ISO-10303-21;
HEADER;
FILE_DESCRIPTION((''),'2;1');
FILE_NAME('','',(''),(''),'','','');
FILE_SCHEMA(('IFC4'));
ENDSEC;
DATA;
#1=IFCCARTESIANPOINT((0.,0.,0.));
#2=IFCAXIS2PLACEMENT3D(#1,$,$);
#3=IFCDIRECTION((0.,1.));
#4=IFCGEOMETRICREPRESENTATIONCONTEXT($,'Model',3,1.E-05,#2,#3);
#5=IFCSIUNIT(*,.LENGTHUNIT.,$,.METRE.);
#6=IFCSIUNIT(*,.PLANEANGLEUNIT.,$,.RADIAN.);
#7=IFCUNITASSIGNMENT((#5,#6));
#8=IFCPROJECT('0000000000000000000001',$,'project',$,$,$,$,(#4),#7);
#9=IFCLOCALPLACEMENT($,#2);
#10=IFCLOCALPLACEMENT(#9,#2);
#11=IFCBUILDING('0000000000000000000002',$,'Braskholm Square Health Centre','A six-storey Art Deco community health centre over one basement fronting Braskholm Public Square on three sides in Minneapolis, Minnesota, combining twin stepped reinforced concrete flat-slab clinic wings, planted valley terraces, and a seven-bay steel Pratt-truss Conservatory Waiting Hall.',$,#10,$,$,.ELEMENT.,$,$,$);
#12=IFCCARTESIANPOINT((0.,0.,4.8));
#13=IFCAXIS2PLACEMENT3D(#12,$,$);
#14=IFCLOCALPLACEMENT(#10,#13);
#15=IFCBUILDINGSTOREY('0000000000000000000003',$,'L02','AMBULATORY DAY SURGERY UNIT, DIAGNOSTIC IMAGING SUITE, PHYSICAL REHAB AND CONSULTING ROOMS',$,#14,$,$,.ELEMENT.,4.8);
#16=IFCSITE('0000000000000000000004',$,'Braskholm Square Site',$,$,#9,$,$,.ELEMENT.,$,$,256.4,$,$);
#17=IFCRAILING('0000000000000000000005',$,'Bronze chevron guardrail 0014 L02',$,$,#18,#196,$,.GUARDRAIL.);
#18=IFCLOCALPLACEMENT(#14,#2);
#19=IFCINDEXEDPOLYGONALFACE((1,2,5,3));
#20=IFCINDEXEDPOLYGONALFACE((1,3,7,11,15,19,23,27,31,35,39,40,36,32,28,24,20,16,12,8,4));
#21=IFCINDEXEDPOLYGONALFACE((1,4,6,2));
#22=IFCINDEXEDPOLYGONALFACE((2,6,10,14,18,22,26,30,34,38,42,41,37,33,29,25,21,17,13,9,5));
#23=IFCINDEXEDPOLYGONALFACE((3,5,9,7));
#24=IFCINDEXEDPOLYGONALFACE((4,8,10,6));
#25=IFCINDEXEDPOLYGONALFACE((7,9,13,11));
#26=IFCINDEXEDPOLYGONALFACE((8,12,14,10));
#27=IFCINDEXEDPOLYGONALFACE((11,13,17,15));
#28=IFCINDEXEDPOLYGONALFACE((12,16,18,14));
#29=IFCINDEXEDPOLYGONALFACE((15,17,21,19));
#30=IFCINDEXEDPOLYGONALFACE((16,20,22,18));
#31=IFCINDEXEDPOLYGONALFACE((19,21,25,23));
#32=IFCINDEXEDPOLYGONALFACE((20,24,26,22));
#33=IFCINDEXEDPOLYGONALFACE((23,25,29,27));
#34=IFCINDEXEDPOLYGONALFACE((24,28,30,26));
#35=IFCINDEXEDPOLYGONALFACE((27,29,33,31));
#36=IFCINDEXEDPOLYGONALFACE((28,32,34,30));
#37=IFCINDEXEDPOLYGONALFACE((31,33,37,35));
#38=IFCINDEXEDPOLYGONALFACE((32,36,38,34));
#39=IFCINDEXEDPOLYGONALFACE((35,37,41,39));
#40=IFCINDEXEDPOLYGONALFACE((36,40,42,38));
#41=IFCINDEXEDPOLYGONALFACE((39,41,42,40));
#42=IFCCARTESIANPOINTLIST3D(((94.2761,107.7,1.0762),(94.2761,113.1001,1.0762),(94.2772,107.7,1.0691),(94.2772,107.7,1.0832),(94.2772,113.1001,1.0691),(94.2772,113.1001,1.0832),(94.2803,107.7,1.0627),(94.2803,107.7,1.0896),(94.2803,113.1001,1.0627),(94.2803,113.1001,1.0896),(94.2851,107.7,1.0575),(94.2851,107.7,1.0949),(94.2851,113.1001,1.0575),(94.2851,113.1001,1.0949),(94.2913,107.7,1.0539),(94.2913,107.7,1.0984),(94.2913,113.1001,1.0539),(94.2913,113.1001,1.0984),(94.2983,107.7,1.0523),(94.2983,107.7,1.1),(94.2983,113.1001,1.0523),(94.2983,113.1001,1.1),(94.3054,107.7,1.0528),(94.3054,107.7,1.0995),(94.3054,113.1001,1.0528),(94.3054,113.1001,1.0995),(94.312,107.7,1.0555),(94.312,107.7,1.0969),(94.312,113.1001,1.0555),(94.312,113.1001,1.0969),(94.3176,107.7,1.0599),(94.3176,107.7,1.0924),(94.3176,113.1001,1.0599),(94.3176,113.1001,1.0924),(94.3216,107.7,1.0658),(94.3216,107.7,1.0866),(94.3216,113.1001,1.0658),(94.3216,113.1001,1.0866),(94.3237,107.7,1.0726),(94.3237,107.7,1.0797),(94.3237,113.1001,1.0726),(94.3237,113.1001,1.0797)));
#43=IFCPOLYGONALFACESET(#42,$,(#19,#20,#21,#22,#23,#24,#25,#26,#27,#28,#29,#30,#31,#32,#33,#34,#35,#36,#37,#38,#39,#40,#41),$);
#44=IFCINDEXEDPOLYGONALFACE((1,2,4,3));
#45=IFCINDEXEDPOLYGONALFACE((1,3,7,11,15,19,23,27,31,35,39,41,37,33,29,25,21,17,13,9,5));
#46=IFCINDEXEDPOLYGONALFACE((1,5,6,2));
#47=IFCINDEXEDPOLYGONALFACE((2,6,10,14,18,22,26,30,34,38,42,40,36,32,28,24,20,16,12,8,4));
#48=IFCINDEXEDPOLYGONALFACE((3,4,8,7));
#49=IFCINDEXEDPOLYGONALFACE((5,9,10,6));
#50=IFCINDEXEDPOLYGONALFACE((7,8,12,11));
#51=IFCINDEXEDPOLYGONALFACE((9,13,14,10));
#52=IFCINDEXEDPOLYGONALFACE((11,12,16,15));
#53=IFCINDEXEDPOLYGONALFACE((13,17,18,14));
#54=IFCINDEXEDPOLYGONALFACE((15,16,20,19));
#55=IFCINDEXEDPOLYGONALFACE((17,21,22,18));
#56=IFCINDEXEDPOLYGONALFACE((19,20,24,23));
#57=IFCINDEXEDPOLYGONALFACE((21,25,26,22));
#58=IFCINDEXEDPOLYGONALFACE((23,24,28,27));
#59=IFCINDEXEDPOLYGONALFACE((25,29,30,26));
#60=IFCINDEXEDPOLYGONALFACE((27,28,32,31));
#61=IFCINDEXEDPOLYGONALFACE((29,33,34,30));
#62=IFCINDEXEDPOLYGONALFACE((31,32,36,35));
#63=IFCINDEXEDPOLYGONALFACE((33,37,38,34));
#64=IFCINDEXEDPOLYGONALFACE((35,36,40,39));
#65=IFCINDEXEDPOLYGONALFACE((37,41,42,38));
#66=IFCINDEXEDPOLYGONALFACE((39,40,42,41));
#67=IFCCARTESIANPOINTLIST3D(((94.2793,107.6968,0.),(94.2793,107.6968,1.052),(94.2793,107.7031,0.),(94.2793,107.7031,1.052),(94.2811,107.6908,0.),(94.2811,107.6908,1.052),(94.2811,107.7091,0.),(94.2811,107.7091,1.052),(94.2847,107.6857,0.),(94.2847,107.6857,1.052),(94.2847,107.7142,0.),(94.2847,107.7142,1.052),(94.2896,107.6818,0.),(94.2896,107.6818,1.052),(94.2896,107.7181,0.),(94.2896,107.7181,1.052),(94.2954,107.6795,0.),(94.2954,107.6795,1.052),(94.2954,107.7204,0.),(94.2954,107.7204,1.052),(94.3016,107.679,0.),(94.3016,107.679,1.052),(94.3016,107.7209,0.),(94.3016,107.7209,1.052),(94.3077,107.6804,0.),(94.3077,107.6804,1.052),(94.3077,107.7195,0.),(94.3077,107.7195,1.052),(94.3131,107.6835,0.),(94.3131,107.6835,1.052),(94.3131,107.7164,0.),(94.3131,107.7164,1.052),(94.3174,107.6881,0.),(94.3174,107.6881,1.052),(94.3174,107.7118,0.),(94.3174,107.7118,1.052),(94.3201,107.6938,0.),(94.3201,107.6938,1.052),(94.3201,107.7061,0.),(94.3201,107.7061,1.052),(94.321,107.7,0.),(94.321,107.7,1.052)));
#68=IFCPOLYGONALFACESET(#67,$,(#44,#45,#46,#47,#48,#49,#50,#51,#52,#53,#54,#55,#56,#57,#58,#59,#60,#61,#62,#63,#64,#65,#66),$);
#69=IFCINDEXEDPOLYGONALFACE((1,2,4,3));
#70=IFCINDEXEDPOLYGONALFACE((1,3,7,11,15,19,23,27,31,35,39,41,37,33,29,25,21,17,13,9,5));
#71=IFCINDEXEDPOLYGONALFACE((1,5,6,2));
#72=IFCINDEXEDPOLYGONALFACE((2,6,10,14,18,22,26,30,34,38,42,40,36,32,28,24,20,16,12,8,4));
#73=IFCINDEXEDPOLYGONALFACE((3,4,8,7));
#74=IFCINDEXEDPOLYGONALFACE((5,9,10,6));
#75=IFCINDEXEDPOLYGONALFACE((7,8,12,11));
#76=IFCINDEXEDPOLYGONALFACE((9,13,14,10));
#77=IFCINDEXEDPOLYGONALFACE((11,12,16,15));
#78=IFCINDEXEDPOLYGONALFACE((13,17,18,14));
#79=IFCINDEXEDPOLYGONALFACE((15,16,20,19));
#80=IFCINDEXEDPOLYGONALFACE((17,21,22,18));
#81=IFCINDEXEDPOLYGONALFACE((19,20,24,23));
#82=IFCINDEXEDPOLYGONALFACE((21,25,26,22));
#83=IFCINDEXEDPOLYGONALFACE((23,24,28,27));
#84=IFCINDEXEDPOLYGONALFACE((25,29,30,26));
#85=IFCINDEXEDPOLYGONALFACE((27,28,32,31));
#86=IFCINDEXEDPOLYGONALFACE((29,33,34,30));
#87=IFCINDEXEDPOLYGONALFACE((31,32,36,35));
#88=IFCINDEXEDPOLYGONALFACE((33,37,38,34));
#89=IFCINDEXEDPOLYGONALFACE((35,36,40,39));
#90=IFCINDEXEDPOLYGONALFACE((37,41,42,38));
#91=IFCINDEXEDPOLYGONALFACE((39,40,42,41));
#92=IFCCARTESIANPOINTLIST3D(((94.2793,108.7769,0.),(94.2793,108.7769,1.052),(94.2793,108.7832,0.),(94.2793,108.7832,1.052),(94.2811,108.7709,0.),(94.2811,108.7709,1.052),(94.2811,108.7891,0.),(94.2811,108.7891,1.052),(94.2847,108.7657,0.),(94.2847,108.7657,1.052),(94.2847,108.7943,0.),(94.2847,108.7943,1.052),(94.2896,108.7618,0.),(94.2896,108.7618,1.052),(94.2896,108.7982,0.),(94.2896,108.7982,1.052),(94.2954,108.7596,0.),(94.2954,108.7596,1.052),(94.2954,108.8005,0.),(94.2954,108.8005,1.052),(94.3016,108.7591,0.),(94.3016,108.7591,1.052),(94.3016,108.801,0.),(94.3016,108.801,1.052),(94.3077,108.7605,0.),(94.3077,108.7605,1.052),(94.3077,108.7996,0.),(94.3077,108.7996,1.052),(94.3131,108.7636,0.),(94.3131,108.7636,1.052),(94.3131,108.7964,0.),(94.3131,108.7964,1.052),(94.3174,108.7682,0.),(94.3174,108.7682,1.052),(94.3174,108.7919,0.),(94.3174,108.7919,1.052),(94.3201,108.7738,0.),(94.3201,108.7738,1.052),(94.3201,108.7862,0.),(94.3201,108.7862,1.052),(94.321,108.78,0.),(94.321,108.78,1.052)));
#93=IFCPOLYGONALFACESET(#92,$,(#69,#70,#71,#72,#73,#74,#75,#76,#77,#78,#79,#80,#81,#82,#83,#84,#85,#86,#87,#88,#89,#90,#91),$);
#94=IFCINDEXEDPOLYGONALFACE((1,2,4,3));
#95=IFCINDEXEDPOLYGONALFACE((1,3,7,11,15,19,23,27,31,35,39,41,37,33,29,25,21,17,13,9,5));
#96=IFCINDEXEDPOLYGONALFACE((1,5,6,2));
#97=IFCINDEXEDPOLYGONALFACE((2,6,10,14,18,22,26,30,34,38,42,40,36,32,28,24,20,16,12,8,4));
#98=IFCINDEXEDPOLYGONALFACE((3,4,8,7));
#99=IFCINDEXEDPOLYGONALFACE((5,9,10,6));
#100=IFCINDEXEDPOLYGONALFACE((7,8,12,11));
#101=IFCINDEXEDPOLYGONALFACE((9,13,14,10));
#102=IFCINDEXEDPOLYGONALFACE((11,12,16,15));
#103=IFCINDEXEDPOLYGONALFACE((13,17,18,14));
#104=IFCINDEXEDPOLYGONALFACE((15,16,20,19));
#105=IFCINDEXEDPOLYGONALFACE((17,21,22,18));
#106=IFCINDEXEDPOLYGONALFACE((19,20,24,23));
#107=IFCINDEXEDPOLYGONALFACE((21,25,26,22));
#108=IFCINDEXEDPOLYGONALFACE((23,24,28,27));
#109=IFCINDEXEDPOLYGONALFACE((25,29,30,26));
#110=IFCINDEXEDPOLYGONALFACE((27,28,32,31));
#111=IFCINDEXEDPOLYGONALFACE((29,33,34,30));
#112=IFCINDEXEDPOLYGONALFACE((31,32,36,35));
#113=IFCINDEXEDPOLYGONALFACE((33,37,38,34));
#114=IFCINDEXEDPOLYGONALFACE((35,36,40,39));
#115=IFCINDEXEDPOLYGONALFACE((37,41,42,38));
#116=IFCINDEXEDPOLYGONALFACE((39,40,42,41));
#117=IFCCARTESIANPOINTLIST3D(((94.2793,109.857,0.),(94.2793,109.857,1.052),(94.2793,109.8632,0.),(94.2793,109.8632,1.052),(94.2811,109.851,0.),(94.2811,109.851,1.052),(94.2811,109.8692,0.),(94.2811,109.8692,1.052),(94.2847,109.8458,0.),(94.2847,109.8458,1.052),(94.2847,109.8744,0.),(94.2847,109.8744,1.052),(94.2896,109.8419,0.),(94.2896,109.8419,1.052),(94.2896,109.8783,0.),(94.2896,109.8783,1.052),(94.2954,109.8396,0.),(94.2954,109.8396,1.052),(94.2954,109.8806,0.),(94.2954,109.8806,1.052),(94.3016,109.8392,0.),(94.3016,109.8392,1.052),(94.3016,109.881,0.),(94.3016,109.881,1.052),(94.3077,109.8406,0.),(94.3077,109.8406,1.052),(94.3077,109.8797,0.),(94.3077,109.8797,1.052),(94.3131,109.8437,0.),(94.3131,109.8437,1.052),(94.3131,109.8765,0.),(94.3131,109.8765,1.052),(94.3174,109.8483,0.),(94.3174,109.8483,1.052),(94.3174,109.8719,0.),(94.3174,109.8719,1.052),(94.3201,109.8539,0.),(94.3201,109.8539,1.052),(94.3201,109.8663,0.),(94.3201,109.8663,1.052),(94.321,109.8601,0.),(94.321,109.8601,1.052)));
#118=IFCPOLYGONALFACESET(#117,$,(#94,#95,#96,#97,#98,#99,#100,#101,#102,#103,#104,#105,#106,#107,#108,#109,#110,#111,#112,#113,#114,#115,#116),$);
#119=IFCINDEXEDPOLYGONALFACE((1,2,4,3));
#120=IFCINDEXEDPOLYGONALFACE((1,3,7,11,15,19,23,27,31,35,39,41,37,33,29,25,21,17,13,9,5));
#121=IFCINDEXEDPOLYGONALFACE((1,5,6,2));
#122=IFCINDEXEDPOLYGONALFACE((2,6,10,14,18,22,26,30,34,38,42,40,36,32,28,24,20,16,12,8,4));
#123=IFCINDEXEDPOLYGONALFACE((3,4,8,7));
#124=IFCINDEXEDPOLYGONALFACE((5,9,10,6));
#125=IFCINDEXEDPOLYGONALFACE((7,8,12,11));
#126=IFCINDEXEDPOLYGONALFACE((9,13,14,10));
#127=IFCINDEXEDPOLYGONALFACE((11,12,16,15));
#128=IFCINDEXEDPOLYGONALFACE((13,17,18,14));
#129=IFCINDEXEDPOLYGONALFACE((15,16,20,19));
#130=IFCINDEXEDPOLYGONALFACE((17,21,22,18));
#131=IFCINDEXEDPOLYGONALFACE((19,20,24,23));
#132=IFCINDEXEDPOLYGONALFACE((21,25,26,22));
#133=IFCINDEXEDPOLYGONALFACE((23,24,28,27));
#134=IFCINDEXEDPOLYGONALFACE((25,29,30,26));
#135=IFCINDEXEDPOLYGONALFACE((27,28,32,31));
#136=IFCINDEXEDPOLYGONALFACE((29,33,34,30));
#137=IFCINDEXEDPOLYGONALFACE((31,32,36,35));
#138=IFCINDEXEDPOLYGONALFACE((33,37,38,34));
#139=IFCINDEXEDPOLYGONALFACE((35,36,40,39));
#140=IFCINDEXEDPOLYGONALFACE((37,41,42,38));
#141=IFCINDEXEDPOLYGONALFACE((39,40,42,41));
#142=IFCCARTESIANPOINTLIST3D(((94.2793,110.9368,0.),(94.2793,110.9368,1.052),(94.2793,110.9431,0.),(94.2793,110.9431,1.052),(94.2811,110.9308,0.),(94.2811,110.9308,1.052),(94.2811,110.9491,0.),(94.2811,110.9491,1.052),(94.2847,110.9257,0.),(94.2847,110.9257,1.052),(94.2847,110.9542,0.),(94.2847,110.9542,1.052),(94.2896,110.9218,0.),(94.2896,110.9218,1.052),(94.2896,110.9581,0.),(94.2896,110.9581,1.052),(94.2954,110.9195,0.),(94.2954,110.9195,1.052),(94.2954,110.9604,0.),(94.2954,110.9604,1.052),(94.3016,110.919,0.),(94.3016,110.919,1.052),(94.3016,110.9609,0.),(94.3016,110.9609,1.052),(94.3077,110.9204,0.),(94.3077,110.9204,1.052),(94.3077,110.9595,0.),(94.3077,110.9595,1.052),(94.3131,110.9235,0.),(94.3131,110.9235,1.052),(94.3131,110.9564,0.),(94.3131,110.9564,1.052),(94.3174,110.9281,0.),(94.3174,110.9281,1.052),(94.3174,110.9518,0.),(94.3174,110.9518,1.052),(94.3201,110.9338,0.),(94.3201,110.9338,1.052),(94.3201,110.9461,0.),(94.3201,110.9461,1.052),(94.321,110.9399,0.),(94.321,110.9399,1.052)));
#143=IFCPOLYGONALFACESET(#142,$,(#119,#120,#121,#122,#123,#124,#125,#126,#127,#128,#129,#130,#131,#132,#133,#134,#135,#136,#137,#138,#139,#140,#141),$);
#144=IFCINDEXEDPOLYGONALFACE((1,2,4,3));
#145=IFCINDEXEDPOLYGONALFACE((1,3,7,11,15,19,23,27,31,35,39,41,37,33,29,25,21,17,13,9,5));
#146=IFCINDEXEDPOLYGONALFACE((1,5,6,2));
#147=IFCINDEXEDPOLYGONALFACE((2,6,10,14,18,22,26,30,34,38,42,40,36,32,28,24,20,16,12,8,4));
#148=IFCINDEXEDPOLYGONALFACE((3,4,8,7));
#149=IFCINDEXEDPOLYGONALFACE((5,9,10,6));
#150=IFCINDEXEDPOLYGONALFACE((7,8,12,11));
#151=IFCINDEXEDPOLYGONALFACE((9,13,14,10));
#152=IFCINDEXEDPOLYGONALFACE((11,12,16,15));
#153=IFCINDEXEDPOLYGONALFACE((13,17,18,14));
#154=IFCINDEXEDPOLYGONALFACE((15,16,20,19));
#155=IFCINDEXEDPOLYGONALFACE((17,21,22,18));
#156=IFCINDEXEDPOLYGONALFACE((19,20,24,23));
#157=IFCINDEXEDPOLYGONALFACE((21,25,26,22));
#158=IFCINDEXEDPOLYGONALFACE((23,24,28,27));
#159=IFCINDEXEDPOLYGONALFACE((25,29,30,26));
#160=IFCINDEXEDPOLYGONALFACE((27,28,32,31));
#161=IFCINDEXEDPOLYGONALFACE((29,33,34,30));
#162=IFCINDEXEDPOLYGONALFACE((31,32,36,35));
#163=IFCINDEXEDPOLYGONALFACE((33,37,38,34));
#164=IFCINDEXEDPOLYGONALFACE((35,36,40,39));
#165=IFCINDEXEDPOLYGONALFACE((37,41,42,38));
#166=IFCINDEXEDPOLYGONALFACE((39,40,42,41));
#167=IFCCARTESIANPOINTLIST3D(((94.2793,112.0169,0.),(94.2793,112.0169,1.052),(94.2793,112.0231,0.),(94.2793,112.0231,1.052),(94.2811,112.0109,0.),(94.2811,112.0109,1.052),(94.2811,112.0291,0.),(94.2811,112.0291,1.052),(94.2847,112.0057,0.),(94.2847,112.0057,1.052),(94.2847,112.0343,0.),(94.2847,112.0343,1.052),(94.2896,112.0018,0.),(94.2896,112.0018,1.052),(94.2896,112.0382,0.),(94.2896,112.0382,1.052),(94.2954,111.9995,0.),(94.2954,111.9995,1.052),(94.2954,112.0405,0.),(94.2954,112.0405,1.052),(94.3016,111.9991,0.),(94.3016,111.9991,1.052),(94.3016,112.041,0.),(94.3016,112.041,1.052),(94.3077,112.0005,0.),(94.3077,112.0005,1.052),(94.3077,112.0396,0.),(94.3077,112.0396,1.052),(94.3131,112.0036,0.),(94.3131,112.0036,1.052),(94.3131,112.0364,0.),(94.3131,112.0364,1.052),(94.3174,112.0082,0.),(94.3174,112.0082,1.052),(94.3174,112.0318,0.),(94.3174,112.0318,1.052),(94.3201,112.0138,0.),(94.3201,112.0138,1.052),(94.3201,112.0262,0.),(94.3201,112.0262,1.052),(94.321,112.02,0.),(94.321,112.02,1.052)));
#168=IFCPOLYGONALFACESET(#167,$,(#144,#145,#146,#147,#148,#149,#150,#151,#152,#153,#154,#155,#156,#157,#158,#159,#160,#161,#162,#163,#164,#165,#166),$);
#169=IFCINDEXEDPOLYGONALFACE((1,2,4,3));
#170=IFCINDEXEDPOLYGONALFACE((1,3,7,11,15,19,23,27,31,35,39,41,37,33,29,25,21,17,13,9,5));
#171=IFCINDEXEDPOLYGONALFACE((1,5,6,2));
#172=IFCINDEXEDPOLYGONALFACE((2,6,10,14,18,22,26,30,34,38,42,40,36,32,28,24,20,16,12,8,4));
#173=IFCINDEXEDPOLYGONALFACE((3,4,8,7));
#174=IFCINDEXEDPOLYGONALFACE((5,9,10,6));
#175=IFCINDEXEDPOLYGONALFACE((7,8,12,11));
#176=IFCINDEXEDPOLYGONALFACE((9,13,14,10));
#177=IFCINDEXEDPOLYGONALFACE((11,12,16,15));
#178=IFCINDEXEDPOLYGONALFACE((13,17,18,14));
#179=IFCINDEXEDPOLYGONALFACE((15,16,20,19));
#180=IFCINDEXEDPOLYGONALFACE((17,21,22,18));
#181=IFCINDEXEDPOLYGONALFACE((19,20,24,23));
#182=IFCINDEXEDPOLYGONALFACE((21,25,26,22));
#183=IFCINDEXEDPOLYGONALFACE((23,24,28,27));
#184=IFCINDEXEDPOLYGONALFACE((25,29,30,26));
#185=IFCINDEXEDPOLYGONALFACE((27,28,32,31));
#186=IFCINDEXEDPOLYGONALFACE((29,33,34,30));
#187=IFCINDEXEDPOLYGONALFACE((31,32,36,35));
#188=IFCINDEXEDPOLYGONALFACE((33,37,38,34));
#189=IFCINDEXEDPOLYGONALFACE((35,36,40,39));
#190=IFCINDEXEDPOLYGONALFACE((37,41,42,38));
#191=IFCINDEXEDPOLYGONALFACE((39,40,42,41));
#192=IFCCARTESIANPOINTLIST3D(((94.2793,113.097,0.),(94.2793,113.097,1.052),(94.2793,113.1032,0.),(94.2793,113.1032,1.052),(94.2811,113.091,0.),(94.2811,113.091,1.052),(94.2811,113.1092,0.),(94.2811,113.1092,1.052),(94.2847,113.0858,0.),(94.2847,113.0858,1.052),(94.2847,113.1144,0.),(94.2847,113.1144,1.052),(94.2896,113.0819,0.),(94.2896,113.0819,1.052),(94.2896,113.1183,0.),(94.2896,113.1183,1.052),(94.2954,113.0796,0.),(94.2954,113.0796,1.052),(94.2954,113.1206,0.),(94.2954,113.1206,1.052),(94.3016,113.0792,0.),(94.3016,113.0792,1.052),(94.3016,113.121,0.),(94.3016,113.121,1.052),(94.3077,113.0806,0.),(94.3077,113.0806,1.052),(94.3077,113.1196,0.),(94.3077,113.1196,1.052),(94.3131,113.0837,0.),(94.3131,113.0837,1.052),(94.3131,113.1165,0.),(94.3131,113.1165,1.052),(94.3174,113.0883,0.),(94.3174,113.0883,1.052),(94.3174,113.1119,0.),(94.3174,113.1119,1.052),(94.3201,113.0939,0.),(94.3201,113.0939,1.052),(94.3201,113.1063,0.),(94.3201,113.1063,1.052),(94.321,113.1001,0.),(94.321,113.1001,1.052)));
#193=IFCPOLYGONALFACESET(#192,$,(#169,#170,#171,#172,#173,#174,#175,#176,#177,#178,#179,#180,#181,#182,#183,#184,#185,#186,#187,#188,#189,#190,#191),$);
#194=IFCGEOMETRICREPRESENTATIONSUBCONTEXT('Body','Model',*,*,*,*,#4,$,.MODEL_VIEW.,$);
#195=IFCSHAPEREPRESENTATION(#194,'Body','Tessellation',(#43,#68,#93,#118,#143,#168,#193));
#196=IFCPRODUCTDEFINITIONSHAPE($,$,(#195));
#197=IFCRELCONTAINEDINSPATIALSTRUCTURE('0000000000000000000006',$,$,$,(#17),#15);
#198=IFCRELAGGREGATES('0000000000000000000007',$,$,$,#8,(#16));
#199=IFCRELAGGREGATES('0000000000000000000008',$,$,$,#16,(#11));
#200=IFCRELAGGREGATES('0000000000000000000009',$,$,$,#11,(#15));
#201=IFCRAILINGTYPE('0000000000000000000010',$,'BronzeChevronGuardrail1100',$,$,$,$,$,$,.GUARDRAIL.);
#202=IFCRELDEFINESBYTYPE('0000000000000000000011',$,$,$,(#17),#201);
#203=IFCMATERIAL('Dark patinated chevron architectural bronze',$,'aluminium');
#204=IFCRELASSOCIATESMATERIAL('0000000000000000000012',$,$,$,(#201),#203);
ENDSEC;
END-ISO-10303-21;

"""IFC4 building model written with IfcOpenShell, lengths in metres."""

from ifc_helpers import new_model, si_unit, direction, frame, origin, origin_2d, place, context, subcontext, project, spatial, circle, extrude, material, type_object, element, save


model = new_model("IFC4")

# Units and contexts
model_context = context("Model", 3, precision=1e-05, world=origin(), true_north=direction((0.0, 1.0)))
body_context = subcontext(model_context, "Body", "Model", "MODEL_VIEW")
ifc_project = project(units=[si_unit("LENGTHUNIT", "METRE"), si_unit("PLANEANGLEUNIT", "RADIAN")], contexts=[model_context])

# Site, building, storey
site_placement = place(None, origin())
site = spatial("IfcSite", under=ifc_project, at=site_placement, Name="Braskholm Square Site", CompositionType="ELEMENT", RefElevation=256.4)
building_placement = place(site_placement, origin())
building = spatial("IfcBuilding", under=site, at=building_placement, Name="Braskholm Square Health Centre", Description="A six-storey Art Deco community health centre over one basement fronting Braskholm Public Square on three sides in Minneapolis, Minnesota, combining twin stepped reinforced concrete flat-slab clinic wings, planted valley terraces, and a seven-bay steel Pratt-truss Conservatory Waiting Hall.", CompositionType="ELEMENT")
storey_placement = place(building_placement, frame((0.0, 0.0, 4.8)))
storey = spatial("IfcBuildingStorey", under=building, at=storey_placement, Name="L02", Description="AMBULATORY DAY SURGERY UNIT, DIAGNOSTIC IMAGING SUITE, PHYSICAL REHAB AND CONSULTING ROOMS", CompositionType="ELEMENT", Elevation=4.8)

# Railing
ifc_material_1 = material(Name="Dark patinated chevron architectural bronze", Category="aluminium")
railing_type = type_object("IfcRailingType", Name="BronzeChevronGuardrail1100", PredefinedType="GUARDRAIL", material=ifc_material_1)
railing_1_placement = place(storey_placement, frame((94.3, 107.7, 0.0)))
element("IfcRailing", 1, at=railing_1_placement, inside=storey, type_object=railing_type, Name="Bronze chevron guardrail 0014 L02", PredefinedType="GUARDRAIL", context=body_context, shape_type="SweptSolid", body=[
    extrude(circle(Radius=0.0239, at=origin_2d()), frame((0.0, 0.0, 1.0762), z_axis=(0.0, 1.0, 0.0), x_axis=(-1.0, 0.0, 0.0)), (0.0, 0.0, 1.0), 5.4001),
    extrude(circle(Radius=0.021, at=origin_2d()), origin(), (0.0, 0.0, 1.0), 1.052),
    extrude(circle(Radius=0.021, at=origin_2d()), frame((0.0, 1.0801, 0.0)), (0.0, 0.0, 1.0), 1.052),
    extrude(circle(Radius=0.021, at=origin_2d()), frame((0.0, 2.1602, 0.0)), (0.0, 0.0, 1.0), 1.052),
    extrude(circle(Radius=0.021, at=origin_2d()), frame((0.0, 3.24, 0.0)), (0.0, 0.0, 1.0), 1.052),
    extrude(circle(Radius=0.021, at=origin_2d()), frame((0.0, 4.3201, 0.0)), (0.0, 0.0, 1.0), 1.052),
    extrude(circle(Radius=0.021, at=origin_2d()), frame((0.0, 5.4001, 0.0)), (0.0, 0.0, 1.0), 1.052),
])

save(model, "model.ifc")
